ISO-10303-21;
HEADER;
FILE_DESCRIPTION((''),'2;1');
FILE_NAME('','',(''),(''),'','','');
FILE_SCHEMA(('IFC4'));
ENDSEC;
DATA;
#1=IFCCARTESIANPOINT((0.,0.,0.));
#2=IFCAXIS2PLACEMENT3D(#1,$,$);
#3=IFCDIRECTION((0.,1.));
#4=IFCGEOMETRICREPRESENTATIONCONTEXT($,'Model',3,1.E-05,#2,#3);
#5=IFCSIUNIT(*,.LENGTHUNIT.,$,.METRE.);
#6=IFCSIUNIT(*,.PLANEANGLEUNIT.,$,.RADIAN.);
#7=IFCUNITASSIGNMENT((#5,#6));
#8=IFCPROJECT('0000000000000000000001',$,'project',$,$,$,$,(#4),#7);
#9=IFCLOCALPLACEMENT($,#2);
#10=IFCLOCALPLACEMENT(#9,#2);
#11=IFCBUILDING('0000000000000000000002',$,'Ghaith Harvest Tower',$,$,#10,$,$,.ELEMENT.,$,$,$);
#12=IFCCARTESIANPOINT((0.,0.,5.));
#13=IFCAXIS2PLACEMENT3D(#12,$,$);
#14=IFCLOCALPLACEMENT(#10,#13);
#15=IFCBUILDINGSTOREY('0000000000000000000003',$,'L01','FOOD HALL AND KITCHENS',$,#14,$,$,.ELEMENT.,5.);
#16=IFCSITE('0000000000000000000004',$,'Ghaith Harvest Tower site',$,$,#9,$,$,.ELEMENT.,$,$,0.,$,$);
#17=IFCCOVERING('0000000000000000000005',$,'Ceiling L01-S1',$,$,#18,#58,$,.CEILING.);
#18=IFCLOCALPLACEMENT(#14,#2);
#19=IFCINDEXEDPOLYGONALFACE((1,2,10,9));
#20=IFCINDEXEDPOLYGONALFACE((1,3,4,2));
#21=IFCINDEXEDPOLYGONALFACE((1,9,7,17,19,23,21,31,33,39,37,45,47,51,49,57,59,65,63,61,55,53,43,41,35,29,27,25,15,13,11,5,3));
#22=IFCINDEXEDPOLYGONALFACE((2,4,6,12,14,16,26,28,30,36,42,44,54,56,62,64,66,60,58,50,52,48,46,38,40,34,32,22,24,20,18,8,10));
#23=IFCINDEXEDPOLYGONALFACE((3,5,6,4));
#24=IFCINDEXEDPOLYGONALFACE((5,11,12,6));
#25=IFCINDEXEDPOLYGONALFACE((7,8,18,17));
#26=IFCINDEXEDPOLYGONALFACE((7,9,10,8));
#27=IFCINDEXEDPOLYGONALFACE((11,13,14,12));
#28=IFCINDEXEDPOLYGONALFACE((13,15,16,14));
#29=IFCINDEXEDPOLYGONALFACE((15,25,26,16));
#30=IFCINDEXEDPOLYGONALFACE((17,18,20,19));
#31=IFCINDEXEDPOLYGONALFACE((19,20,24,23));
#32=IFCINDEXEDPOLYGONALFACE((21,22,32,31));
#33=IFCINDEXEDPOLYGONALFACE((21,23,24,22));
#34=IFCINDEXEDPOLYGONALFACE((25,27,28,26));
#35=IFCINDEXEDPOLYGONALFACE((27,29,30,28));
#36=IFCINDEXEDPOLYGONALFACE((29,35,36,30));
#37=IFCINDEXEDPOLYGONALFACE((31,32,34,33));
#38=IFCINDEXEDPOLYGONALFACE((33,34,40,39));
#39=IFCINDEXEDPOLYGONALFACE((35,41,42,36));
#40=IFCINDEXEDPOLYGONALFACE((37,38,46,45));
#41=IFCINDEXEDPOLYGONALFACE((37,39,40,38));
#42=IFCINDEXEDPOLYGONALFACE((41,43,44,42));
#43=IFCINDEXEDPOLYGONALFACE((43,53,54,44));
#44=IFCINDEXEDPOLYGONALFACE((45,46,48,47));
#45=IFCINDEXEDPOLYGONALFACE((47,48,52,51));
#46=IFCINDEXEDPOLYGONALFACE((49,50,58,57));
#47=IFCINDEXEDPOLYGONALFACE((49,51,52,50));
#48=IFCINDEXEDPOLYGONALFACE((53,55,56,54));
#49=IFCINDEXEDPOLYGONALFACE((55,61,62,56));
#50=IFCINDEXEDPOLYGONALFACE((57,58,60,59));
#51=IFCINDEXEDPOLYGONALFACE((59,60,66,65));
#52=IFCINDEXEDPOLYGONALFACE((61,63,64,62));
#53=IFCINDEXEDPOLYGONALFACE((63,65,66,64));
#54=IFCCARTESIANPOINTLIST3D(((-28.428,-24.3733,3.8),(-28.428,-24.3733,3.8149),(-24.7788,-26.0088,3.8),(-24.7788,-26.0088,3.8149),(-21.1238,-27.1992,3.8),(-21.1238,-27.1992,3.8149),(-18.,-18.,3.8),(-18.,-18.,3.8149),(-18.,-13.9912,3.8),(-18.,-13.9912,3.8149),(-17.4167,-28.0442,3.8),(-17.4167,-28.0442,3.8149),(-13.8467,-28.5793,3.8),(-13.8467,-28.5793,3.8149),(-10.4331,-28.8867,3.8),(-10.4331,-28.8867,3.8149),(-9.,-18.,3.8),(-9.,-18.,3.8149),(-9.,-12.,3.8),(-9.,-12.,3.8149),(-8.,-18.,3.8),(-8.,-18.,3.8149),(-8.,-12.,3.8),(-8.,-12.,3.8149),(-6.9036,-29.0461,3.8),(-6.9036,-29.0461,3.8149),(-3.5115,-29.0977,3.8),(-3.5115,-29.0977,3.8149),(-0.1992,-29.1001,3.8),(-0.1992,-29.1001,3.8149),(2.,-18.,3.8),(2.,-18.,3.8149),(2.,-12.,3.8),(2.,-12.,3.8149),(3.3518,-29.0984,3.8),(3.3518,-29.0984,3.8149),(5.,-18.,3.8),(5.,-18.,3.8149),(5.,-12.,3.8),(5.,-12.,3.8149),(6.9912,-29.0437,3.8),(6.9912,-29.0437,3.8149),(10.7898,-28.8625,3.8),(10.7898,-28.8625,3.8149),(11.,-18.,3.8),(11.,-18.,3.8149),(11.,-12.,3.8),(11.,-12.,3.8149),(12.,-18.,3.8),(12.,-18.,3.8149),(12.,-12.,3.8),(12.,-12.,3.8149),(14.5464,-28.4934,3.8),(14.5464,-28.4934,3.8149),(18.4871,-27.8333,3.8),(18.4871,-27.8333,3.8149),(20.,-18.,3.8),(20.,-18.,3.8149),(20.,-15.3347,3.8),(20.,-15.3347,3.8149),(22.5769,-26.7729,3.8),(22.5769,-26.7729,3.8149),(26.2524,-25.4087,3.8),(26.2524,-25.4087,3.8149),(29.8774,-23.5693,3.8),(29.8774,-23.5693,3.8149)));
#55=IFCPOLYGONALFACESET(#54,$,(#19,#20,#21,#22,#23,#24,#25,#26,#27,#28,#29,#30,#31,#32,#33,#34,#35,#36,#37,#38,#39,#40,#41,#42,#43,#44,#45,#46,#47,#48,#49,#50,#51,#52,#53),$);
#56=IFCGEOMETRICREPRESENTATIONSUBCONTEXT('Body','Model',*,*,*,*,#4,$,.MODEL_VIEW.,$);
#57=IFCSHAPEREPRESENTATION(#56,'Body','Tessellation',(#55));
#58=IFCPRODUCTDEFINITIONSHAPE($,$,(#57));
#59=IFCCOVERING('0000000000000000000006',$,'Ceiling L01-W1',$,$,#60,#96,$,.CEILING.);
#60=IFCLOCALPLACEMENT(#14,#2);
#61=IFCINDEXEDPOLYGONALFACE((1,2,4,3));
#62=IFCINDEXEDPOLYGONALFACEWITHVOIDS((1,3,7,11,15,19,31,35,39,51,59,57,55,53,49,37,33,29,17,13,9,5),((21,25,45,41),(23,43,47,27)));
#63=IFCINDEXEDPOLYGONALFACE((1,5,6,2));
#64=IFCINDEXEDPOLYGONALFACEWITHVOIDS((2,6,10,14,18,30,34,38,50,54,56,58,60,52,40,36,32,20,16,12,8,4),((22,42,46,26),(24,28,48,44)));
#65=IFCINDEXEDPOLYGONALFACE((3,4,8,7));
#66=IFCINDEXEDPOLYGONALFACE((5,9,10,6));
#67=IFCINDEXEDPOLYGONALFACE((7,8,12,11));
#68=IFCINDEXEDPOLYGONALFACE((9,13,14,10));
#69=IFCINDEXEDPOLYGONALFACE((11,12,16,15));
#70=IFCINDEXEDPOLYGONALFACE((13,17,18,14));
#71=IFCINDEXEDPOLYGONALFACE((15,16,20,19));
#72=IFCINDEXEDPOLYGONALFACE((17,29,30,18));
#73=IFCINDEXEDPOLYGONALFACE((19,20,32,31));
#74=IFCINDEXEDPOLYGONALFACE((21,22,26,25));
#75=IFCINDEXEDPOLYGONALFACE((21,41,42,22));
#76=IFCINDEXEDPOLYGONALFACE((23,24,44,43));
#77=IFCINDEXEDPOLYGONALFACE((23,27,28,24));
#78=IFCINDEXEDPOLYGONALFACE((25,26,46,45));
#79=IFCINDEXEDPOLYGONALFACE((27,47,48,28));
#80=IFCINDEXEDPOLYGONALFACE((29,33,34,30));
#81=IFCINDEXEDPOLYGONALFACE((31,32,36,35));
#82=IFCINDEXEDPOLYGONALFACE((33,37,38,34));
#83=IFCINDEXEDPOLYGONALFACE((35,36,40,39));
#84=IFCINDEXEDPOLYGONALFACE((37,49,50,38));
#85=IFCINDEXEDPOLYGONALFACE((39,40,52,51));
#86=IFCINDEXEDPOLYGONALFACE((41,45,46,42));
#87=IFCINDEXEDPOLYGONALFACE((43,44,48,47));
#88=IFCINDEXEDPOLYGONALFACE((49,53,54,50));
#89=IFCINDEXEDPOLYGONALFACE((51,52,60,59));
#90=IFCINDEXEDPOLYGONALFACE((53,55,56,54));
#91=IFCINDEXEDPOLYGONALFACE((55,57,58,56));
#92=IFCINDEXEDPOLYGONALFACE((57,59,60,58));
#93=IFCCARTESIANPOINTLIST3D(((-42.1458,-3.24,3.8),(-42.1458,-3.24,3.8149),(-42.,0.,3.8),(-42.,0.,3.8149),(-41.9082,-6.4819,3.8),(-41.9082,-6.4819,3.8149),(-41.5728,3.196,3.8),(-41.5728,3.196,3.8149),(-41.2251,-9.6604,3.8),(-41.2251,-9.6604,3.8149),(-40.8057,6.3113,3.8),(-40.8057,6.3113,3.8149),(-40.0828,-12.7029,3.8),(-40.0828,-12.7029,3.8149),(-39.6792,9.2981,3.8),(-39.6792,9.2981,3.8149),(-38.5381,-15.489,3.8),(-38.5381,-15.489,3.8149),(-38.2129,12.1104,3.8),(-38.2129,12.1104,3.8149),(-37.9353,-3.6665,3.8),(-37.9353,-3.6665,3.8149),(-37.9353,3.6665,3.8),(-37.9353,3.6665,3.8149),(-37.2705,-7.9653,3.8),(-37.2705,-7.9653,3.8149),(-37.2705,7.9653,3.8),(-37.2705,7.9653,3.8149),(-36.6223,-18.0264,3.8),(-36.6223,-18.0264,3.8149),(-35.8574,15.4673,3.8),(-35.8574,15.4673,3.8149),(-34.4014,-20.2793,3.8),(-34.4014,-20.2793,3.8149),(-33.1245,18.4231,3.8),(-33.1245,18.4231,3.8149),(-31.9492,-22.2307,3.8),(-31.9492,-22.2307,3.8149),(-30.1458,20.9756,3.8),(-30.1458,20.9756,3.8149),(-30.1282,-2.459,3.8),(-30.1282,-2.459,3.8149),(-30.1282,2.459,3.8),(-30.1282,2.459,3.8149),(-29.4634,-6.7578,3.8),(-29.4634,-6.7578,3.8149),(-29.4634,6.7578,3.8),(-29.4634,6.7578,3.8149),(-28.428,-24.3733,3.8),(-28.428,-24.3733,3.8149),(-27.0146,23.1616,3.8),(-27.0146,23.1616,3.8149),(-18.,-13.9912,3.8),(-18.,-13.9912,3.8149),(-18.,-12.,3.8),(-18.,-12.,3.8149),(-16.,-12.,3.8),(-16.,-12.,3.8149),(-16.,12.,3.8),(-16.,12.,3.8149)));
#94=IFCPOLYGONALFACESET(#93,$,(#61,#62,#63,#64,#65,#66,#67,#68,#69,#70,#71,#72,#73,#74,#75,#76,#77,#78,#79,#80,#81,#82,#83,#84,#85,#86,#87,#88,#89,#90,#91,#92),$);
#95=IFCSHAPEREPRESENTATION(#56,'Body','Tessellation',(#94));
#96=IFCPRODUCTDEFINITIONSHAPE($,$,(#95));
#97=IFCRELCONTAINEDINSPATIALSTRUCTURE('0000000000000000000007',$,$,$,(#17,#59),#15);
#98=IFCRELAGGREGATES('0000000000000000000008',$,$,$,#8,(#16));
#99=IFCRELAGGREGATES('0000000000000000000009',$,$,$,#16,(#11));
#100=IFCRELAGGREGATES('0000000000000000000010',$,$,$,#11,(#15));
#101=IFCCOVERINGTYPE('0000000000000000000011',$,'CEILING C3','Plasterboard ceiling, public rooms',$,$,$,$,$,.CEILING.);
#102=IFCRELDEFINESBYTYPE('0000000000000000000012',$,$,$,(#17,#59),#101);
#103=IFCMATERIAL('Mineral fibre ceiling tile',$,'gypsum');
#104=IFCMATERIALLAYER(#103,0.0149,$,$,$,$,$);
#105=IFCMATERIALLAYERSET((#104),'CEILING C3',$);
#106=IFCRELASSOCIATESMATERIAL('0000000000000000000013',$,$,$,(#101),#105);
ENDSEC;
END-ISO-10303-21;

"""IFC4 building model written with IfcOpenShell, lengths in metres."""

from ifc_helpers import new_model, si_unit, direction, frame, origin, place, context, subcontext, project, spatial, polyline, outline, extrude, material, layer, layer_set, type_object, element, save


model = new_model("IFC4")

# Units and contexts
model_context = context("Model", 3, precision=1e-05, world=origin(), true_north=direction((0.0, 1.0)))
body_context = subcontext(model_context, "Body", "Model", "MODEL_VIEW")
ifc_project = project(units=[si_unit("LENGTHUNIT", "METRE"), si_unit("PLANEANGLEUNIT", "RADIAN")], contexts=[model_context])

# Site, building, storey
site_placement = place(None, origin())
site = spatial("IfcSite", under=ifc_project, at=site_placement, Name="Ghaith Harvest Tower site", CompositionType="ELEMENT", RefElevation=0.0)
building_placement = place(site_placement, origin())
building = spatial("IfcBuilding", under=site, at=building_placement, Name="Ghaith Harvest Tower", CompositionType="ELEMENT")
storey_placement = place(building_placement, frame((0.0, 0.0, 5.0)))
storey = spatial("IfcBuildingStorey", under=building, at=storey_placement, Name="L01", Description="FOOD HALL AND KITCHENS", CompositionType="ELEMENT", Elevation=5.0)

# Coverings
ifc_material_1 = material(Name="Mineral fibre ceiling tile", Category="gypsum")
ifc_layer_1 = layer(ifc_material_1, 0.0149)
ifc_layer_set_1 = layer_set([ifc_layer_1], Name="CEILING C3")
covering_type = type_object("IfcCoveringType", Name="CEILING C3", Description="Plasterboard ceiling, public rooms", PredefinedType="CEILING", material=ifc_layer_set_1)
covering_1_placement = place(storey_placement, frame((0.0, 0.0, 3.8)))
element("IfcCovering", 1, at=covering_1_placement, inside=storey, type_object=covering_type, Name="Ceiling L01-S1", PredefinedType="CEILING", context=body_context, shape_type="SweptSolid", body=[
    extrude(outline(polyline([(3.3518, -29.0984), (-0.1992, -29.1001), (-3.5115, -29.0977), (-6.9036, -29.0461), (-10.4331, -28.8867), (-13.8467, -28.5793), (-17.4167, -28.0442), (-21.1238, -27.1992), (-24.7788, -26.0088), (-28.428, -24.3733), (-18.0, -13.9912), (-18.0, -18.0), (-9.0, -18.0), (-9.0, -12.0), (-8.0, -12.0), (-8.0, -18.0), (2.0, -18.0), (2.0, -12.0), (5.0, -12.0), (5.0, -18.0), (11.0, -18.0), (11.0, -12.0), (12.0, -12.0), (12.0, -18.0), (20.0, -18.0), (20.0, -15.3347), (29.8774, -23.5693), (26.2524, -25.4087), (22.5769, -26.7729), (18.4871, -27.8333), (14.5464, -28.4934), (10.7898, -28.8625), (6.9912, -29.0437), (3.3518, -29.0984)])), origin(), (0.0, 0.0, 1.0), 0.0149),
])
covering_2_placement = place(storey_placement, frame((0.0, 0.0, 3.8)))
element("IfcCovering", 2, at=covering_2_placement, inside=storey, type_object=covering_type, Name="Ceiling L01-W1", PredefinedType="CEILING", context=body_context, shape_type="SweptSolid", body=[
    extrude(outline(polyline([(-31.9492, -22.2307), (-34.4014, -20.2793), (-36.6223, -18.0264), (-38.5381, -15.489), (-40.0828, -12.7029), (-41.2251, -9.6604), (-41.9082, -6.4819), (-42.1458, -3.24), (-42.0, 0.0), (-41.5728, 3.196), (-40.8057, 6.3113), (-39.6792, 9.2981), (-38.2129, 12.1104), (-35.8574, 15.4673), (-33.1245, 18.4231), (-30.1458, 20.9756), (-27.0146, 23.1616), (-16.0, 12.0), (-16.0, -12.0), (-18.0, -12.0), (-18.0, -13.9912), (-28.428, -24.3733), (-31.9492, -22.2307)]), holes=[polyline([(-37.2705, 7.9653), (-37.9353, 3.6665), (-30.1282, 2.459), (-29.4634, 6.7578), (-37.2705, 7.9653)]), polyline([(-30.1282, -2.459), (-37.9353, -3.6665), (-37.2705, -7.9653), (-29.4634, -6.7578), (-30.1282, -2.459)])]), origin(), (0.0, 0.0, 1.0), 0.0149),
])

save(model, "model.ifc")
